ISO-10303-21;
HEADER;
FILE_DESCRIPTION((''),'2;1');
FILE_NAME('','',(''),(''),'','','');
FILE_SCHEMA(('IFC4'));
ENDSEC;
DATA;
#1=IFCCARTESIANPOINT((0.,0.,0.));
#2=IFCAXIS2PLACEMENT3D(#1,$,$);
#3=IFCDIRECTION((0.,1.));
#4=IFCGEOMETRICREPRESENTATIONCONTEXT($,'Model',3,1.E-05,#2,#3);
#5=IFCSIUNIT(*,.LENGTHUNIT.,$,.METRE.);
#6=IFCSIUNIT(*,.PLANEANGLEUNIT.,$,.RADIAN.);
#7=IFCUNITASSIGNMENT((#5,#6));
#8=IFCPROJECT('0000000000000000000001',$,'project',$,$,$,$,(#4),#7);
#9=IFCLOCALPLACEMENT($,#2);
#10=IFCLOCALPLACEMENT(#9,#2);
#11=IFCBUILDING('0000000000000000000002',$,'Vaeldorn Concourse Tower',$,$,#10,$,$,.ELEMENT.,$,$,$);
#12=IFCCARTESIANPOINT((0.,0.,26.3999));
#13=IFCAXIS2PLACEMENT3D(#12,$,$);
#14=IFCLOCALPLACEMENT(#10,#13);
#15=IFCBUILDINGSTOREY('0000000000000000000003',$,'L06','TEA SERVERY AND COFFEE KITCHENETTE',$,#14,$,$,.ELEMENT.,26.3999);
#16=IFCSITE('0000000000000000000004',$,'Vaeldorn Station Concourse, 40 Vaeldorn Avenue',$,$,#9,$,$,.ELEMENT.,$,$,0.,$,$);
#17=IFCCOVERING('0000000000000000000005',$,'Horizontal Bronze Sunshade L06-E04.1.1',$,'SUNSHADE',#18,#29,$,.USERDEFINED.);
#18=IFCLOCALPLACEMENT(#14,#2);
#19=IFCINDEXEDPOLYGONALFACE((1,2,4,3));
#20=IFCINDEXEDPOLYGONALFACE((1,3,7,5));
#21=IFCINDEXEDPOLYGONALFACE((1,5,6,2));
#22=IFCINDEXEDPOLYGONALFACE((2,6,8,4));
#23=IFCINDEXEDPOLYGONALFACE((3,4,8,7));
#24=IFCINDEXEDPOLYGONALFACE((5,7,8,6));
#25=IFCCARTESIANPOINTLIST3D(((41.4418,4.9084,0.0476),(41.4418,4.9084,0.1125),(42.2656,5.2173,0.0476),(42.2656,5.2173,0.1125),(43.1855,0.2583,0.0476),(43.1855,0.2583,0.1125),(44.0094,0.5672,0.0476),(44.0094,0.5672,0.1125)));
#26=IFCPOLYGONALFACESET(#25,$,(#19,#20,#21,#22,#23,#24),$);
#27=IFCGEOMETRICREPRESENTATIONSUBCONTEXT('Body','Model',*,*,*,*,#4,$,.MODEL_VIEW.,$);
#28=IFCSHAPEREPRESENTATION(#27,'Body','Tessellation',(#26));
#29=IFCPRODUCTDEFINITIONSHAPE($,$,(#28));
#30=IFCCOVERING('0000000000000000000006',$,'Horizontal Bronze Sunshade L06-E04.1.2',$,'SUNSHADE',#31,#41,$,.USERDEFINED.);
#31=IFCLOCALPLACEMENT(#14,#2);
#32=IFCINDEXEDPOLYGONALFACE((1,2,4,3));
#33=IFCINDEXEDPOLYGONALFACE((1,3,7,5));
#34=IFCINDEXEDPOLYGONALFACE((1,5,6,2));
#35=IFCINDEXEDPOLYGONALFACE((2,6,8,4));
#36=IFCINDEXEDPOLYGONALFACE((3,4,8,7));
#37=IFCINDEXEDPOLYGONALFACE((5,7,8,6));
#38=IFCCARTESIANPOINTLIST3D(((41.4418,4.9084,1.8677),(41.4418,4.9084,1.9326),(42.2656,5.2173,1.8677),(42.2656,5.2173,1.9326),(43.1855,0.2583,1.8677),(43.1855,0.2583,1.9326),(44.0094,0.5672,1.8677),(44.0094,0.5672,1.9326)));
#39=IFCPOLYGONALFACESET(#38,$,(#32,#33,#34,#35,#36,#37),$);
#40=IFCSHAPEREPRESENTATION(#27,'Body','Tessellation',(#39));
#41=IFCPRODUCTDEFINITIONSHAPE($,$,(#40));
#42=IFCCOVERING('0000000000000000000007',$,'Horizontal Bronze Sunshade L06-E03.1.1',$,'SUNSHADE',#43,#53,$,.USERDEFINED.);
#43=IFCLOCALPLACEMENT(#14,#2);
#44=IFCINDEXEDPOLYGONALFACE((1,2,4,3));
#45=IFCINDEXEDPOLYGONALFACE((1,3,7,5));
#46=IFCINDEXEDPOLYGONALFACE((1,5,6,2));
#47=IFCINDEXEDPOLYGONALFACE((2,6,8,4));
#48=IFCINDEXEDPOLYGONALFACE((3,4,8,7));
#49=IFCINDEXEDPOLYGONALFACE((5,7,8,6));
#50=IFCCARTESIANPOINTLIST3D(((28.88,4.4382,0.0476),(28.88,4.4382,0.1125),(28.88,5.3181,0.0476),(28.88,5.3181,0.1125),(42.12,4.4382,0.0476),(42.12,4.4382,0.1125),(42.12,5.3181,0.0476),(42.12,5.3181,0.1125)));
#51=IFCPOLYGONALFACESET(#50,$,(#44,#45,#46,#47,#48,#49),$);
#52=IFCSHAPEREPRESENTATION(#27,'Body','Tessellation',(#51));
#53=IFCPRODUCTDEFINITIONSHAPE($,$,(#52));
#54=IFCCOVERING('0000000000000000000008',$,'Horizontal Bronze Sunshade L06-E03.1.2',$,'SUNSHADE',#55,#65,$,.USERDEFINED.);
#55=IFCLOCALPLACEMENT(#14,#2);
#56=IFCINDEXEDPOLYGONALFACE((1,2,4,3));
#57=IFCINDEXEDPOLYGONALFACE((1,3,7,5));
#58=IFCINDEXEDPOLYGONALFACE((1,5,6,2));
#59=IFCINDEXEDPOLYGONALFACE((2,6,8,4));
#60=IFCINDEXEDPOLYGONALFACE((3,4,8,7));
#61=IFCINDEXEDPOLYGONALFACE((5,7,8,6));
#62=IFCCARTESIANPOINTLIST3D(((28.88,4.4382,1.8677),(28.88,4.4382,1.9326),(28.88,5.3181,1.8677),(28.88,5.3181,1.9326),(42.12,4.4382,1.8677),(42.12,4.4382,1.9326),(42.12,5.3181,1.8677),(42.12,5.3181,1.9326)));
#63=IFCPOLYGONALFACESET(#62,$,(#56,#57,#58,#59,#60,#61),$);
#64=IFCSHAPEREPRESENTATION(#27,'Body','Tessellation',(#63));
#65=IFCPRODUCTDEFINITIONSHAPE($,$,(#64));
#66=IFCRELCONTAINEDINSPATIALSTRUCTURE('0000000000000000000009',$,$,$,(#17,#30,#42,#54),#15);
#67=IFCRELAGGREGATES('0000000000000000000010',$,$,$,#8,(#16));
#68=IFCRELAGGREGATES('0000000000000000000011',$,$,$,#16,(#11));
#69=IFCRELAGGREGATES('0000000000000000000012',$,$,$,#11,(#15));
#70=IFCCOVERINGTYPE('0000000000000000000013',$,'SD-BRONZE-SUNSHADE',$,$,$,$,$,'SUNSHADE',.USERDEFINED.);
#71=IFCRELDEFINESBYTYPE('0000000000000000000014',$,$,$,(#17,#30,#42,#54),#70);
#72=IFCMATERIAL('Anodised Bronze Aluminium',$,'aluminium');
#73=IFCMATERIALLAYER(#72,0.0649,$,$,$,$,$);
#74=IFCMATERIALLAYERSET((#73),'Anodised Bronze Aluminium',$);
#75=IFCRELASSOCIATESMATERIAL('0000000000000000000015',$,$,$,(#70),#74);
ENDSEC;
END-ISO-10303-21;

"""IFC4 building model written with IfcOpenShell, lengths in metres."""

from ifc_helpers import new_model, si_unit, direction, frame, origin, origin_2d, place, context, subcontext, project, spatial, rectangle, extrude, source, transform, mapped, material, layer, layer_set, type_object, element, save


model = new_model("IFC4")

# Units and contexts
model_context = context("Model", 3, precision=1e-05, world=origin(), true_north=direction((0.0, 1.0)))
body_context = subcontext(model_context, "Body", "Model", "MODEL_VIEW")
ifc_project = project(units=[si_unit("LENGTHUNIT", "METRE"), si_unit("PLANEANGLEUNIT", "RADIAN")], contexts=[model_context])

# Site, building, storey
site_placement = place(None, origin())
site = spatial("IfcSite", under=ifc_project, at=site_placement, Name="Vaeldorn Station Concourse, 40 Vaeldorn Avenue", CompositionType="ELEMENT", RefElevation=0.0)
building_placement = place(site_placement, origin())
building = spatial("IfcBuilding", under=site, at=building_placement, Name="Vaeldorn Concourse Tower", CompositionType="ELEMENT")
storey_placement = place(building_placement, frame((0.0, 0.0, 26.3999)))
storey = spatial("IfcBuildingStorey", under=building, at=storey_placement, Name="L06", Description="TEA SERVERY AND COFFEE KITCHENETTE", CompositionType="ELEMENT", Elevation=26.3999)

# Shared definitions
ifc_material_1 = material(Name="Anodised Bronze Aluminium", Category="aluminium")

# Coverings
ifc_layer_1 = layer(ifc_material_1, 0.0649)
ifc_layer_set_1 = layer_set([ifc_layer_1], Name="Anodised Bronze Aluminium")
covering_type = type_object("IfcCoveringType", Name="SD-BRONZE-SUNSHADE", ElementType="SUNSHADE", PredefinedType="USERDEFINED", material=ifc_layer_set_1)
shared_shape_1 = source(origin(), body_context, "Body", "SweptSolid", [
    extrude(rectangle(XDim=4.9663, YDim=0.8799, at=origin_2d()), origin(), (0.0, 0.0, 1.0), 0.0649),
])
for number, where, z_axis, x_axis, name in (
    (1, (42.7256, 2.7378, 0.0476), (0.0, 0.0, 1.0), (0.351123, -0.936329, 0.0), "Horizontal Bronze Sunshade L06-E04.1.1"),
    (2, (42.7256, 2.7378, 1.8677), (0.0, 0.0, 1.0), (0.351123, -0.936329, 0.0), "Horizontal Bronze Sunshade L06-E04.1.2"),
):
    element("IfcCovering", number, at=place(storey_placement, frame(where, z_axis=z_axis, x_axis=x_axis)), inside=storey, type_object=covering_type, Name=name, ObjectType="SUNSHADE", PredefinedType="USERDEFINED", context=body_context, shape_type="MappedRepresentation", body=[
        mapped(shared_shape_1, transform((0.0, 0.0, 0.0), scale=1.0)),
    ])
shared_shape_2 = source(origin(), body_context, "Body", "SweptSolid", [
    extrude(rectangle(XDim=13.24, YDim=0.8799, at=origin_2d()), origin(), (0.0, 0.0, 1.0), 0.0649),
])
for number, where, z_axis, x_axis, name in (
    (3, (35.5, 4.8782, 0.0476), (0.0, 0.0, 1.0), (1.0, 0.0, 0.0), "Horizontal Bronze Sunshade L06-E03.1.1"),
    (4, (35.5, 4.8782, 1.8677), (0.0, 0.0, 1.0), (1.0, 0.0, 0.0), "Horizontal Bronze Sunshade L06-E03.1.2"),
):
    element("IfcCovering", number, at=place(storey_placement, frame(where, z_axis=z_axis, x_axis=x_axis)), inside=storey, type_object=covering_type, Name=name, ObjectType="SUNSHADE", PredefinedType="USERDEFINED", context=body_context, shape_type="MappedRepresentation", body=[
        mapped(shared_shape_2, transform((0.0, 0.0, 0.0), scale=1.0)),
    ])

save(model, "model.ifc")
